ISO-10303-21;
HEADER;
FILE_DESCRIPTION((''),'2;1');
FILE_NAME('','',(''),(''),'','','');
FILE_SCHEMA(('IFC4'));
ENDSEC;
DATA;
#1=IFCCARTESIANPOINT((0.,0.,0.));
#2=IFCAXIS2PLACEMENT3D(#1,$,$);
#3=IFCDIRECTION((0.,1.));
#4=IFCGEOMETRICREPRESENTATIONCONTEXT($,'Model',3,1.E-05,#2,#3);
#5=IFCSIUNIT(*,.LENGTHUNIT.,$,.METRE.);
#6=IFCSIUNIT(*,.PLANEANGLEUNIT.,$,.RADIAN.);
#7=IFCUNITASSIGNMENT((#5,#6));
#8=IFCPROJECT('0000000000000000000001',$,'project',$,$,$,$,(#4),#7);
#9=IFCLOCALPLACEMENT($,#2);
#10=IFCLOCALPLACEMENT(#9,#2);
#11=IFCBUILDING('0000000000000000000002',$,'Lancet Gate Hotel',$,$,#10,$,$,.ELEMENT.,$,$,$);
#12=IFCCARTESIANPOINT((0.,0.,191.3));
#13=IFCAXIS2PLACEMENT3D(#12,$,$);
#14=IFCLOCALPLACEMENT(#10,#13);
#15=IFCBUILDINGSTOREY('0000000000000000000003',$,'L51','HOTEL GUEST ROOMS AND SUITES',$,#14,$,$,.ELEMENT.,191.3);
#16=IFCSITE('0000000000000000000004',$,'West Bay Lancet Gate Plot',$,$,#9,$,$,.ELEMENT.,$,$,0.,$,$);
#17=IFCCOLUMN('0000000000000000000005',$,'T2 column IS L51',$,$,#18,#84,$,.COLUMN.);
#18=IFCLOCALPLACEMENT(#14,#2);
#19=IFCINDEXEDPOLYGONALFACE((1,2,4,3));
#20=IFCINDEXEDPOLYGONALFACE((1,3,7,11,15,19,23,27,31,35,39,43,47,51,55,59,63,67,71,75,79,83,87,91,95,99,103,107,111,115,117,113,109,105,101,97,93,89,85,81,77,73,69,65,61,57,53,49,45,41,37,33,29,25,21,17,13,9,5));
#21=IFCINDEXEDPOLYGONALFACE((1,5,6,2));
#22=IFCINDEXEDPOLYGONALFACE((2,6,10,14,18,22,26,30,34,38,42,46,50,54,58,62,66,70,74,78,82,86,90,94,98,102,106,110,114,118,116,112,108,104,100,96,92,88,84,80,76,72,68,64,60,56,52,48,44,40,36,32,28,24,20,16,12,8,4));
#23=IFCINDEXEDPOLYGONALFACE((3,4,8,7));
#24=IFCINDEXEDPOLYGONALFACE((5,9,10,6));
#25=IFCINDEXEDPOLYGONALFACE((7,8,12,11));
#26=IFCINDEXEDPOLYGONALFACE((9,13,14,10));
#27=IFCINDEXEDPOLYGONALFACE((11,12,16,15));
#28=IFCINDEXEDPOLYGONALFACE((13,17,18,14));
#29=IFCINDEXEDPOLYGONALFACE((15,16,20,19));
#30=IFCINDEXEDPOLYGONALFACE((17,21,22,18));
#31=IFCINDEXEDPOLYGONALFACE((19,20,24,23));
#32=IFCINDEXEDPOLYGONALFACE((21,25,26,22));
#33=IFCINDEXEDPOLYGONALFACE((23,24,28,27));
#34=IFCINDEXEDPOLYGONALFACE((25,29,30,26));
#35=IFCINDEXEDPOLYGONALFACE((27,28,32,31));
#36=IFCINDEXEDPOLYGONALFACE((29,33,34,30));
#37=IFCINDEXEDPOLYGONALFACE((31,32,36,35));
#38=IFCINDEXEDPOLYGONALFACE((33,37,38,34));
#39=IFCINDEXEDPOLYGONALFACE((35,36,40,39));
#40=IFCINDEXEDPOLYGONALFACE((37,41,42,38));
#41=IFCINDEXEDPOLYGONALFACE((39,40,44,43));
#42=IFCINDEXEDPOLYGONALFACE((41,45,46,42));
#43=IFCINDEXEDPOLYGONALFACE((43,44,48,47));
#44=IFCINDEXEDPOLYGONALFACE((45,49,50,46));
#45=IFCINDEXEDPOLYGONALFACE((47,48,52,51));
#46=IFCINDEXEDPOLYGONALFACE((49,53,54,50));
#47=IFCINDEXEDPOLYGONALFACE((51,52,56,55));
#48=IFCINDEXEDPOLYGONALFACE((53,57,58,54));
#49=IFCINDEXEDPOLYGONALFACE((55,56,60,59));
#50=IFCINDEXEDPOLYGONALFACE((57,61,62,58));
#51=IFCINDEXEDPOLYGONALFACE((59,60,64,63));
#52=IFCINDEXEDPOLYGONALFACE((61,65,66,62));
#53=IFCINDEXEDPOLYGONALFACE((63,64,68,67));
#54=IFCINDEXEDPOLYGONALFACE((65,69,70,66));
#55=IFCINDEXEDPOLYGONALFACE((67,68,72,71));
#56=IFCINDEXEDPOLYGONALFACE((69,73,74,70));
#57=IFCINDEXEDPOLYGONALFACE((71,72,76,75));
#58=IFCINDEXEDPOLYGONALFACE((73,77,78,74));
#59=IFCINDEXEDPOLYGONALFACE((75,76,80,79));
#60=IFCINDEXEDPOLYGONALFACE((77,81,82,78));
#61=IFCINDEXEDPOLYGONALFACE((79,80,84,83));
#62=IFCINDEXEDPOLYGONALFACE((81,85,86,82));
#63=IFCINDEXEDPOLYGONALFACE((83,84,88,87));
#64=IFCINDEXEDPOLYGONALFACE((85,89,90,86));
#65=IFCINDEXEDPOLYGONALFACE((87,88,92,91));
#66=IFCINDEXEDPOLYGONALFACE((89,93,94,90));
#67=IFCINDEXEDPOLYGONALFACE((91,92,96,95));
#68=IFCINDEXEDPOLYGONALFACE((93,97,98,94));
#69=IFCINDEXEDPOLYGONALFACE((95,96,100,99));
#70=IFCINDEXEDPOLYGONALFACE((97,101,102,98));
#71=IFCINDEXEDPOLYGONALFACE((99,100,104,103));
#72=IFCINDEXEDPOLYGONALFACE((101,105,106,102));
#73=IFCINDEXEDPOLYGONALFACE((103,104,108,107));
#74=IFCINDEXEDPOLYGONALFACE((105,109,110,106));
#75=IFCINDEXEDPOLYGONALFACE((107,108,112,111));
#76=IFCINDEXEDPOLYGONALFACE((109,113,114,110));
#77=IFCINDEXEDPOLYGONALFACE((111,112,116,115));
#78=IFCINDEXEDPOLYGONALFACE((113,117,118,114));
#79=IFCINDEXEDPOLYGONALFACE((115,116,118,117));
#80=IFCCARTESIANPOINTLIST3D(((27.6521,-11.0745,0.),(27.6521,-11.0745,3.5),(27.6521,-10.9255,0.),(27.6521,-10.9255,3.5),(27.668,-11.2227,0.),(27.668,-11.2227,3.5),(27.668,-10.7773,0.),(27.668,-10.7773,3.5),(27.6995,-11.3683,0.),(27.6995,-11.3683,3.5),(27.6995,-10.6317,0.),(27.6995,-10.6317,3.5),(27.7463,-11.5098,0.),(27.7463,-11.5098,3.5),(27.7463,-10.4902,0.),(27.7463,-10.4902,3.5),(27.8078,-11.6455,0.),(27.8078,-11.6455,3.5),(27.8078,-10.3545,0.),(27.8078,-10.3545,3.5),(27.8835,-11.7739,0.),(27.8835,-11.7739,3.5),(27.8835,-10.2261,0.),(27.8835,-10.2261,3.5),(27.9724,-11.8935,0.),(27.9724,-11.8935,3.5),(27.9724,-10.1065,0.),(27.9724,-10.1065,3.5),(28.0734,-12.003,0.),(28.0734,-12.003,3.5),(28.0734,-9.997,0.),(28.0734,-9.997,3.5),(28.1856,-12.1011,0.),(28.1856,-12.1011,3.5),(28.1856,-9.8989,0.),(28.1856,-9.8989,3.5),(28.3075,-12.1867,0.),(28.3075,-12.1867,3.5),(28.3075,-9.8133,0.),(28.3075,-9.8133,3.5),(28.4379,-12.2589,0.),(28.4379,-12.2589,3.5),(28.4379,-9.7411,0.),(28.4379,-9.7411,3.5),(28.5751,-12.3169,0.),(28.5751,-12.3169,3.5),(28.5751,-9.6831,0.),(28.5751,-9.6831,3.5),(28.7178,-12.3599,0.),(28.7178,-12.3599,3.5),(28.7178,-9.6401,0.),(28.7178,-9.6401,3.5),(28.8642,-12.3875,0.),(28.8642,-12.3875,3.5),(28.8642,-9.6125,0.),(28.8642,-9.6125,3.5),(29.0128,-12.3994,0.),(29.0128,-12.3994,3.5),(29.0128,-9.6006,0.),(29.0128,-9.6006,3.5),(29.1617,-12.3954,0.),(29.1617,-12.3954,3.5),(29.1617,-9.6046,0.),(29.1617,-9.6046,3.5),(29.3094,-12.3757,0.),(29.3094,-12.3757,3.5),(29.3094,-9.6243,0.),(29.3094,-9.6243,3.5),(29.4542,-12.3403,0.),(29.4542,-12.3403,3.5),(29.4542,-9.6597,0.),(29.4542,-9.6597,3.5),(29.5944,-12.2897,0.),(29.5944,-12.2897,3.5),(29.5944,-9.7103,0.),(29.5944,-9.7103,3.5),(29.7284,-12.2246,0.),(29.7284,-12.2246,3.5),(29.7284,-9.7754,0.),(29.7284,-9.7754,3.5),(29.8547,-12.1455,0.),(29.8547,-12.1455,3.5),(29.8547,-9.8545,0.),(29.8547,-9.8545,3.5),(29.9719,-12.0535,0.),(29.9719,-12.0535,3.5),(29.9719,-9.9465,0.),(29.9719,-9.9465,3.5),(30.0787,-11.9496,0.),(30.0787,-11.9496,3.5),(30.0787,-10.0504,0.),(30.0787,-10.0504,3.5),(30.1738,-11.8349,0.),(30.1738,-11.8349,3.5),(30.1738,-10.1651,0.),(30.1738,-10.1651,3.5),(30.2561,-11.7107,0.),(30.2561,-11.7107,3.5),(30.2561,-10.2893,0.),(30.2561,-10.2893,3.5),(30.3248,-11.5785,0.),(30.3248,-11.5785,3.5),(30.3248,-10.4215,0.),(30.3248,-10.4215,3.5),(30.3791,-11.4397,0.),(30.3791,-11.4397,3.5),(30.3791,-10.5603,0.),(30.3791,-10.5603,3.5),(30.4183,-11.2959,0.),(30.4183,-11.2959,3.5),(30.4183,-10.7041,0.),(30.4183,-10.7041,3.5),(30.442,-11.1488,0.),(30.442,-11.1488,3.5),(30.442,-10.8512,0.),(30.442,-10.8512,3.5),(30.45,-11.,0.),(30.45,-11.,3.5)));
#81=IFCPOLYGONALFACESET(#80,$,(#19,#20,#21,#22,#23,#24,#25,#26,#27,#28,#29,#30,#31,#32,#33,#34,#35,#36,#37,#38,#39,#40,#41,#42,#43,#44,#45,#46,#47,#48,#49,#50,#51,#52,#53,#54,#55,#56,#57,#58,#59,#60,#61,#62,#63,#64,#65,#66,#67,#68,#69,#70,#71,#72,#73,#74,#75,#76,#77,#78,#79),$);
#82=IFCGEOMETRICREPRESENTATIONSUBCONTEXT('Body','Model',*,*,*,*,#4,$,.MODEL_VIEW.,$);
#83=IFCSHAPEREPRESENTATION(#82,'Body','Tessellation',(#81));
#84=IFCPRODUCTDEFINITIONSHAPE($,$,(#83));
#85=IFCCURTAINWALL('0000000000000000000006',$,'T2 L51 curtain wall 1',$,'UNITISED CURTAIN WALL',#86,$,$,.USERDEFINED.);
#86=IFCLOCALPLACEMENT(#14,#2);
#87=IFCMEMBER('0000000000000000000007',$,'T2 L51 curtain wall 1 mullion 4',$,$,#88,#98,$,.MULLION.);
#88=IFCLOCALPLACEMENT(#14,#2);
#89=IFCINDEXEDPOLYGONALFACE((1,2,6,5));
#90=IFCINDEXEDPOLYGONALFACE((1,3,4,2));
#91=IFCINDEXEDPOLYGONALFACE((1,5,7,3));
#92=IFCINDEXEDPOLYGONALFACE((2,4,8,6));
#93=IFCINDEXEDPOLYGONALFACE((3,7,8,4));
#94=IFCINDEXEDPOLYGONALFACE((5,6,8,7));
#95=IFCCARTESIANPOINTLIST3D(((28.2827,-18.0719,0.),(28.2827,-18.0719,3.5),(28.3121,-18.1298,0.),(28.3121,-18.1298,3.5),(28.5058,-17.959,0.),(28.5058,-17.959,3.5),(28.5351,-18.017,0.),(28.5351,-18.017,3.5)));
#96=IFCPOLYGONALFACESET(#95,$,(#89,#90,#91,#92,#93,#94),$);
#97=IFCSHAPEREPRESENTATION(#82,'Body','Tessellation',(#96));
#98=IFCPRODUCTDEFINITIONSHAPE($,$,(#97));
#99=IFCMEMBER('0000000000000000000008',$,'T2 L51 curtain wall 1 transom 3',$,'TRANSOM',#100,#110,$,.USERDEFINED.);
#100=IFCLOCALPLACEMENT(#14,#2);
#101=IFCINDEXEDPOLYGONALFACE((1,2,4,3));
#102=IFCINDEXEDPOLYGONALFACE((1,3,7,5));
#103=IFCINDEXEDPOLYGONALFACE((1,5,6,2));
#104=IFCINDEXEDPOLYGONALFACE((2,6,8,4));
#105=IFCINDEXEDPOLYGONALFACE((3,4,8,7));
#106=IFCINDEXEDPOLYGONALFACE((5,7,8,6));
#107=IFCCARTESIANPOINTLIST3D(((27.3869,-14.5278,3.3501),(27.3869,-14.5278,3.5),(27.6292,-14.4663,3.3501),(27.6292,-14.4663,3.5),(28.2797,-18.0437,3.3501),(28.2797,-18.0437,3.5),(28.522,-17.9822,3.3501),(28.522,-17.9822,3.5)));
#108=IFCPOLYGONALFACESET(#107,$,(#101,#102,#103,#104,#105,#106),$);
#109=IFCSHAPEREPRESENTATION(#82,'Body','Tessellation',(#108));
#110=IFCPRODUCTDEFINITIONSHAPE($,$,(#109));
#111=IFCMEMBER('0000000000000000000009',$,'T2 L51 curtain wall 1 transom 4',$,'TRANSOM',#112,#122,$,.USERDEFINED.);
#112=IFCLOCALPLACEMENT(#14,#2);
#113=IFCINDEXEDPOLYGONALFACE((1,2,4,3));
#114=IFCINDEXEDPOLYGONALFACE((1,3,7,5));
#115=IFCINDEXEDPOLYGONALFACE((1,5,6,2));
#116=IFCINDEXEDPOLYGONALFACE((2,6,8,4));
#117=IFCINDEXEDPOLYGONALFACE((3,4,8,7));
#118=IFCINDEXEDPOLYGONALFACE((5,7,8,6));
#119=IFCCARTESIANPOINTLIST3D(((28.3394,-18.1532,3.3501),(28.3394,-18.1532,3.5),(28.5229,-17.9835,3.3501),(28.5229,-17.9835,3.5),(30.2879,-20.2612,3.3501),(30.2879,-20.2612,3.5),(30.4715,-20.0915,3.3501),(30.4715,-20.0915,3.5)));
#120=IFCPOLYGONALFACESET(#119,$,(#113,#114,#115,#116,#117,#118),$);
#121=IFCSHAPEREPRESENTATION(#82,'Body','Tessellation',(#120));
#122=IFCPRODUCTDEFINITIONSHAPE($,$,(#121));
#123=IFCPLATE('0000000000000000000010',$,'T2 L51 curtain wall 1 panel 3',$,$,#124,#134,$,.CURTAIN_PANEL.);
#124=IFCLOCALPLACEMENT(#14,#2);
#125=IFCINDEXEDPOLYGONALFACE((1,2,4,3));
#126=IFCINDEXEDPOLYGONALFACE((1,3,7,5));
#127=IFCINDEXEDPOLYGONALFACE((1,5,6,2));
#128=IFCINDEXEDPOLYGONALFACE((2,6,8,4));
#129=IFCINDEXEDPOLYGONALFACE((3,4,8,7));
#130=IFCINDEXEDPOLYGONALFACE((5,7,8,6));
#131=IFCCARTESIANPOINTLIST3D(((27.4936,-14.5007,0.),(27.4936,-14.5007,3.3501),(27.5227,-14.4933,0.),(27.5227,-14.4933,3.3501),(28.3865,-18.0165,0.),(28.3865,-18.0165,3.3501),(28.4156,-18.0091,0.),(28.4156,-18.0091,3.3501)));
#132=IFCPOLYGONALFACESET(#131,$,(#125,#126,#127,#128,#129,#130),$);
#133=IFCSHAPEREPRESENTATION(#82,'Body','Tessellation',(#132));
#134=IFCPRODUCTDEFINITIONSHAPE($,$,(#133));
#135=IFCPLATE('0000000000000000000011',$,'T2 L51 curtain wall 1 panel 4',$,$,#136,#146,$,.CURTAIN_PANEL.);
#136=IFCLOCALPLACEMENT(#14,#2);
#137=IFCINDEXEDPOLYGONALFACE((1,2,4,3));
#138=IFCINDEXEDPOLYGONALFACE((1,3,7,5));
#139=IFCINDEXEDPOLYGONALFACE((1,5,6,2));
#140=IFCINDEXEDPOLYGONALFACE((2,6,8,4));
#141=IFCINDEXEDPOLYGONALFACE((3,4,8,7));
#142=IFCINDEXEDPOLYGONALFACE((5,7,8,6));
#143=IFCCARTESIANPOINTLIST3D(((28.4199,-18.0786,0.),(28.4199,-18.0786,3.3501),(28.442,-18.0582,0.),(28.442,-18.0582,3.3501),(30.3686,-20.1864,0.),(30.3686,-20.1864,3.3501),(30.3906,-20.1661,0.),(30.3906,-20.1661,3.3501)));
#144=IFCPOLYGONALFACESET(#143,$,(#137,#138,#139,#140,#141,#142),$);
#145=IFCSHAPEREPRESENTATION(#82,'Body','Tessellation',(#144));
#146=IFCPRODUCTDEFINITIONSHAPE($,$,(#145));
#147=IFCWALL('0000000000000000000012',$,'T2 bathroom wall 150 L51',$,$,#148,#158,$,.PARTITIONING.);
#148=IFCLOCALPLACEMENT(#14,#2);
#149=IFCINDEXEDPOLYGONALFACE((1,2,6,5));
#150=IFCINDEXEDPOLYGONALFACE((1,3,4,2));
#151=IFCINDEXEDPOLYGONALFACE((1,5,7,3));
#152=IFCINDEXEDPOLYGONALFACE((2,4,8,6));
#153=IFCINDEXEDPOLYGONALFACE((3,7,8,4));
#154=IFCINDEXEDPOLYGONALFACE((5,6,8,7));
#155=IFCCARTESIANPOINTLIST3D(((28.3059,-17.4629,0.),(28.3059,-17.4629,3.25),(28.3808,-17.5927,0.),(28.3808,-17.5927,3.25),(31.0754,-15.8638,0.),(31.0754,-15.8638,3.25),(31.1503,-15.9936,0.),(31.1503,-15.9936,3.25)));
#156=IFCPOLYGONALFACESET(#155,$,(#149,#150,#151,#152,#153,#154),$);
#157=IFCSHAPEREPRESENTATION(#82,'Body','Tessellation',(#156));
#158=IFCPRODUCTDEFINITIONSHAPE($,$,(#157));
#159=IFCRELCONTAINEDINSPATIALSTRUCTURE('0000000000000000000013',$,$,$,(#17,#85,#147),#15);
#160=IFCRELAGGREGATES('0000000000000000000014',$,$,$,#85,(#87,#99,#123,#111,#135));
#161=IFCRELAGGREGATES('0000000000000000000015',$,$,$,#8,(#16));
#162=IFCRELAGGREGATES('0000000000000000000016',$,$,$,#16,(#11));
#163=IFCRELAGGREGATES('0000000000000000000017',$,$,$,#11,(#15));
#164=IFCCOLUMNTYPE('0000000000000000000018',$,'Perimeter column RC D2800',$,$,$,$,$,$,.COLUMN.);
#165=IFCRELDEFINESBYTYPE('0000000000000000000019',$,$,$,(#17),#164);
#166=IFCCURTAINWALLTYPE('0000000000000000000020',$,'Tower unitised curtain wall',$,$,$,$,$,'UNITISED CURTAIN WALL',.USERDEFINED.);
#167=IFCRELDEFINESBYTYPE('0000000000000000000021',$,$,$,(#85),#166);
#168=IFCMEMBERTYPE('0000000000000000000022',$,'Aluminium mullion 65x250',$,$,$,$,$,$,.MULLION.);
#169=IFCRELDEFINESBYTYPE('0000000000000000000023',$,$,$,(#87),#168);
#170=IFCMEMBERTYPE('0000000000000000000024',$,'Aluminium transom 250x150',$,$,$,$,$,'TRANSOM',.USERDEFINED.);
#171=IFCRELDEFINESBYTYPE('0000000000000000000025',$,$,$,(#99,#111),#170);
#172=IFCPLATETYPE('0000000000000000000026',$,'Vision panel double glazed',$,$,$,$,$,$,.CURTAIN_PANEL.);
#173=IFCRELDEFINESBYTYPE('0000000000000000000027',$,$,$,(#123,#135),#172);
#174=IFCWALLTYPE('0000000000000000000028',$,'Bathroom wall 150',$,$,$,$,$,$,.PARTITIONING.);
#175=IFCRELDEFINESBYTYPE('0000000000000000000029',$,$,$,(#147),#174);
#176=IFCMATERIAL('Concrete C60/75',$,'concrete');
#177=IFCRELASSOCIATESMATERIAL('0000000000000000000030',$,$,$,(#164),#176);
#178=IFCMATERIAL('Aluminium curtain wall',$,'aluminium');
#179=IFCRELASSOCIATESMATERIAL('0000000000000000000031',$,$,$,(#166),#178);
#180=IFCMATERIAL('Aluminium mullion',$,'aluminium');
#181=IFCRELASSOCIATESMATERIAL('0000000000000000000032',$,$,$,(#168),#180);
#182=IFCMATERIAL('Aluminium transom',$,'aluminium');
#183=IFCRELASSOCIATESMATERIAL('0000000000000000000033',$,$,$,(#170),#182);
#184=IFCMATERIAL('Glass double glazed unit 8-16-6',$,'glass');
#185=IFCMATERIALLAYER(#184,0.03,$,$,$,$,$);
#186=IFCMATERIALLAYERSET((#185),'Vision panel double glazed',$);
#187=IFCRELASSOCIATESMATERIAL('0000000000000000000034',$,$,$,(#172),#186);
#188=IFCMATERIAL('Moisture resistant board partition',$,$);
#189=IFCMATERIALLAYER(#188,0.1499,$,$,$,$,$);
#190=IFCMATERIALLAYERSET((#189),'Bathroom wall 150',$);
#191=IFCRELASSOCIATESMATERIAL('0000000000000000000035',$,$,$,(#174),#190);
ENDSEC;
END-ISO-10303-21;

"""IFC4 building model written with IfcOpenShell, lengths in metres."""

from ifc_helpers import new_model, si_unit, direction, frame, frame_2d, origin, origin_2d, place, context, subcontext, project, spatial, rectangle, circle, extrude, material, layer, layer_set, material_profile, profile_set, type_object, element, aggregate, save


model = new_model("IFC4")

# Units and contexts
model_context = context("Model", 3, precision=1e-05, world=origin(), true_north=direction((0.0, 1.0)))
body_context = subcontext(model_context, "Body", "Model", "MODEL_VIEW")
ifc_project = project(units=[si_unit("LENGTHUNIT", "METRE"), si_unit("PLANEANGLEUNIT", "RADIAN")], contexts=[model_context])

# Site, building, storey
site_placement = place(None, origin())
site = spatial("IfcSite", under=ifc_project, at=site_placement, Name="West Bay Lancet Gate Plot", CompositionType="ELEMENT", RefElevation=0.0)
building_placement = place(site_placement, origin())
building = spatial("IfcBuilding", under=site, at=building_placement, Name="Lancet Gate Hotel", CompositionType="ELEMENT")
storey_placement = place(building_placement, frame((0.0, 0.0, 191.3)))
storey = spatial("IfcBuildingStorey", under=building, at=storey_placement, Name="L51", Description="HOTEL GUEST ROOMS AND SUITES", CompositionType="ELEMENT", Elevation=191.3)

# Column
ifc_material_1 = material(Name="Concrete C60/75", Category="concrete")
ifc_material_profile_1 = material_profile(ifc_material_1, circle(Radius=1.3999, at=origin_2d()), Name="RC D2800")
ifc_profile_set_1 = profile_set([ifc_material_profile_1], Name="Concrete C60/75")
column_type = type_object("IfcColumnType", Name="Perimeter column RC D2800", PredefinedType="COLUMN", material=ifc_profile_set_1)
column_placement = place(storey_placement, frame((29.05, -11.0, 0.0), z_axis=(0.0, 0.0, 1.0), x_axis=(1.0, 0.0, 0.0)))
element("IfcColumn", 1, at=column_placement, inside=storey, type_object=column_type, Name="T2 column IS L51", PredefinedType="COLUMN", context=body_context, shape_type="SweptSolid", body=[
    extrude(circle(Radius=1.3999, at=origin_2d()), origin(), (0.0, 0.0, 1.0), 3.5),
])

# Curtain wall, members, plates
ifc_material_2 = material(Name="Aluminium curtain wall", Category="aluminium")
curtain_wall_type = type_object("IfcCurtainWallType", Name="Tower unitised curtain wall", ElementType="UNITISED CURTAIN WALL", PredefinedType="USERDEFINED", material=ifc_material_2)
curtain_wall_placement = place(storey_placement, origin())
curtain_wall = element("IfcCurtainWall", 2, at=curtain_wall_placement, inside=storey, type_object=curtain_wall_type, Name="T2 L51 curtain wall 1", ObjectType="UNITISED CURTAIN WALL", PredefinedType="USERDEFINED")
ifc_material_3 = material(Name="Aluminium mullion", Category="aluminium")
ifc_material_profile_2 = material_profile(ifc_material_3, rectangle(XDim=0.0649, YDim=0.25, at=origin_2d()), Name="MULLION 65x250")
ifc_profile_set_2 = profile_set([ifc_material_profile_2], Name="Aluminium mullion")
member_type_1 = type_object("IfcMemberType", Name="Aluminium mullion 65x250", PredefinedType="MULLION", material=ifc_profile_set_2)
member_1_placement = place(storey_placement, frame((28.4089, -18.0444, 0.0), z_axis=(0.0, 0.0, 1.0), x_axis=(0.451506, -0.892268, 0.0)))
member_1 = element("IfcMember", 3, at=member_1_placement, type_object=member_type_1, Name="T2 L51 curtain wall 1 mullion 4", PredefinedType="MULLION", context=body_context, shape_type="SweptSolid", body=[
    extrude(rectangle(XDim=0.0649, YDim=0.25, at=origin_2d()), origin(), (0.0, 0.0, 1.0), 3.5),
])
ifc_material_4 = material(Name="Aluminium transom", Category="aluminium")
ifc_material_profile_3 = material_profile(ifc_material_4, rectangle(XDim=0.25, YDim=0.1499, at=origin_2d()), Name="TRANSOM 250x150")
ifc_profile_set_3 = profile_set([ifc_material_profile_3], Name="Aluminium transom")
member_type_2 = type_object("IfcMemberType", Name="Aluminium transom 250x150", ElementType="TRANSOM", PredefinedType="USERDEFINED", material=ifc_profile_set_3)
member_2_placement = place(storey_placement, frame((27.5081, -14.4971, 3.425), z_axis=(0.246129, -0.969237, 0.0), x_axis=(0.969237, 0.246129, 0.0)))
member_2 = element("IfcMember", 4, at=member_2_placement, type_object=member_type_2, Name="T2 L51 curtain wall 1 transom 3", ObjectType="TRANSOM", PredefinedType="USERDEFINED", context=body_context, shape_type="SweptSolid", body=[
    extrude(rectangle(XDim=0.25, YDim=0.1499, at=origin_2d()), origin(), (0.0, 0.0, 1.0), 3.6274),
])
member_3_placement = place(storey_placement, frame((28.4312, -18.0684, 3.425), z_axis=(0.678792, -0.73433, 0.0), x_axis=(0.73433, 0.678792, 0.0)))
member_3 = element("IfcMember", 5, at=member_3_placement, type_object=member_type_2, Name="T2 L51 curtain wall 1 transom 4", ObjectType="TRANSOM", PredefinedType="USERDEFINED", context=body_context, shape_type="SweptSolid", body=[
    extrude(rectangle(XDim=0.25, YDim=0.1499, at=origin_2d()), origin(), (0.0, 0.0, 1.0), 2.8706),
])
ifc_material_5 = material(Name="Glass double glazed unit 8-16-6", Category="glass")
ifc_layer_1 = layer(ifc_material_5, 0.03)
ifc_layer_set_1 = layer_set([ifc_layer_1], Name="Vision panel double glazed")
plate_type = type_object("IfcPlateType", Name="Vision panel double glazed", PredefinedType="CURTAIN_PANEL", material=ifc_layer_set_1)
plate_1_placement = place(storey_placement, frame((27.9546, -16.2549, 0.0), z_axis=(0.0, 0.0, 1.0), x_axis=(0.246167, -0.969228, 0.0)))
plate_1 = element("IfcPlate", 6, at=plate_1_placement, type_object=plate_type, Name="T2 L51 curtain wall 1 panel 3", PredefinedType="CURTAIN_PANEL", context=body_context, shape_type="SweptSolid", body=[
    extrude(rectangle(XDim=3.6274, YDim=0.03, at=origin_2d()), origin(), (0.0, 0.0, 1.0), 3.3501),
])
plate_2_placement = place(storey_placement, frame((29.4053, -19.1223, 0.0), z_axis=(0.0, 0.0, 1.0), x_axis=(0.678831, -0.734294, 0.0)))
plate_2 = element("IfcPlate", 7, at=plate_2_placement, type_object=plate_type, Name="T2 L51 curtain wall 1 panel 4", PredefinedType="CURTAIN_PANEL", context=body_context, shape_type="SweptSolid", body=[
    extrude(rectangle(XDim=2.8706, YDim=0.03, at=origin_2d()), origin(), (0.0, 0.0, 1.0), 3.3501),
])
aggregate(curtain_wall, [member_1, member_2, plate_1, member_3, plate_2])

# Wall
ifc_material_6 = material(Name="Moisture resistant board partition")
ifc_layer_2 = layer(ifc_material_6, 0.1499)
ifc_layer_set_2 = layer_set([ifc_layer_2], Name="Bathroom wall 150")
wall_type_1 = type_object("IfcWallType", Name="Bathroom wall 150", PredefinedType="PARTITIONING", material=ifc_layer_set_2)
wall_1_placement = place(storey_placement, frame((28.3433, -17.5278, 0.0), z_axis=(0.0, 0.0, 1.0), x_axis=(0.866008, 0.500031, 0.0)))
element("IfcWall", 8, at=wall_1_placement, inside=storey, type_object=wall_type_1, Name="T2 bathroom wall 150 L51", PredefinedType="PARTITIONING", context=body_context, shape_type="SweptSolid", body=[
    extrude(rectangle(XDim=3.198, YDim=0.1499, at=frame_2d((1.5991, 0.0))), origin(), (0.0, 0.0, 1.0), 3.25),
])

save(model, "model.ifc")
